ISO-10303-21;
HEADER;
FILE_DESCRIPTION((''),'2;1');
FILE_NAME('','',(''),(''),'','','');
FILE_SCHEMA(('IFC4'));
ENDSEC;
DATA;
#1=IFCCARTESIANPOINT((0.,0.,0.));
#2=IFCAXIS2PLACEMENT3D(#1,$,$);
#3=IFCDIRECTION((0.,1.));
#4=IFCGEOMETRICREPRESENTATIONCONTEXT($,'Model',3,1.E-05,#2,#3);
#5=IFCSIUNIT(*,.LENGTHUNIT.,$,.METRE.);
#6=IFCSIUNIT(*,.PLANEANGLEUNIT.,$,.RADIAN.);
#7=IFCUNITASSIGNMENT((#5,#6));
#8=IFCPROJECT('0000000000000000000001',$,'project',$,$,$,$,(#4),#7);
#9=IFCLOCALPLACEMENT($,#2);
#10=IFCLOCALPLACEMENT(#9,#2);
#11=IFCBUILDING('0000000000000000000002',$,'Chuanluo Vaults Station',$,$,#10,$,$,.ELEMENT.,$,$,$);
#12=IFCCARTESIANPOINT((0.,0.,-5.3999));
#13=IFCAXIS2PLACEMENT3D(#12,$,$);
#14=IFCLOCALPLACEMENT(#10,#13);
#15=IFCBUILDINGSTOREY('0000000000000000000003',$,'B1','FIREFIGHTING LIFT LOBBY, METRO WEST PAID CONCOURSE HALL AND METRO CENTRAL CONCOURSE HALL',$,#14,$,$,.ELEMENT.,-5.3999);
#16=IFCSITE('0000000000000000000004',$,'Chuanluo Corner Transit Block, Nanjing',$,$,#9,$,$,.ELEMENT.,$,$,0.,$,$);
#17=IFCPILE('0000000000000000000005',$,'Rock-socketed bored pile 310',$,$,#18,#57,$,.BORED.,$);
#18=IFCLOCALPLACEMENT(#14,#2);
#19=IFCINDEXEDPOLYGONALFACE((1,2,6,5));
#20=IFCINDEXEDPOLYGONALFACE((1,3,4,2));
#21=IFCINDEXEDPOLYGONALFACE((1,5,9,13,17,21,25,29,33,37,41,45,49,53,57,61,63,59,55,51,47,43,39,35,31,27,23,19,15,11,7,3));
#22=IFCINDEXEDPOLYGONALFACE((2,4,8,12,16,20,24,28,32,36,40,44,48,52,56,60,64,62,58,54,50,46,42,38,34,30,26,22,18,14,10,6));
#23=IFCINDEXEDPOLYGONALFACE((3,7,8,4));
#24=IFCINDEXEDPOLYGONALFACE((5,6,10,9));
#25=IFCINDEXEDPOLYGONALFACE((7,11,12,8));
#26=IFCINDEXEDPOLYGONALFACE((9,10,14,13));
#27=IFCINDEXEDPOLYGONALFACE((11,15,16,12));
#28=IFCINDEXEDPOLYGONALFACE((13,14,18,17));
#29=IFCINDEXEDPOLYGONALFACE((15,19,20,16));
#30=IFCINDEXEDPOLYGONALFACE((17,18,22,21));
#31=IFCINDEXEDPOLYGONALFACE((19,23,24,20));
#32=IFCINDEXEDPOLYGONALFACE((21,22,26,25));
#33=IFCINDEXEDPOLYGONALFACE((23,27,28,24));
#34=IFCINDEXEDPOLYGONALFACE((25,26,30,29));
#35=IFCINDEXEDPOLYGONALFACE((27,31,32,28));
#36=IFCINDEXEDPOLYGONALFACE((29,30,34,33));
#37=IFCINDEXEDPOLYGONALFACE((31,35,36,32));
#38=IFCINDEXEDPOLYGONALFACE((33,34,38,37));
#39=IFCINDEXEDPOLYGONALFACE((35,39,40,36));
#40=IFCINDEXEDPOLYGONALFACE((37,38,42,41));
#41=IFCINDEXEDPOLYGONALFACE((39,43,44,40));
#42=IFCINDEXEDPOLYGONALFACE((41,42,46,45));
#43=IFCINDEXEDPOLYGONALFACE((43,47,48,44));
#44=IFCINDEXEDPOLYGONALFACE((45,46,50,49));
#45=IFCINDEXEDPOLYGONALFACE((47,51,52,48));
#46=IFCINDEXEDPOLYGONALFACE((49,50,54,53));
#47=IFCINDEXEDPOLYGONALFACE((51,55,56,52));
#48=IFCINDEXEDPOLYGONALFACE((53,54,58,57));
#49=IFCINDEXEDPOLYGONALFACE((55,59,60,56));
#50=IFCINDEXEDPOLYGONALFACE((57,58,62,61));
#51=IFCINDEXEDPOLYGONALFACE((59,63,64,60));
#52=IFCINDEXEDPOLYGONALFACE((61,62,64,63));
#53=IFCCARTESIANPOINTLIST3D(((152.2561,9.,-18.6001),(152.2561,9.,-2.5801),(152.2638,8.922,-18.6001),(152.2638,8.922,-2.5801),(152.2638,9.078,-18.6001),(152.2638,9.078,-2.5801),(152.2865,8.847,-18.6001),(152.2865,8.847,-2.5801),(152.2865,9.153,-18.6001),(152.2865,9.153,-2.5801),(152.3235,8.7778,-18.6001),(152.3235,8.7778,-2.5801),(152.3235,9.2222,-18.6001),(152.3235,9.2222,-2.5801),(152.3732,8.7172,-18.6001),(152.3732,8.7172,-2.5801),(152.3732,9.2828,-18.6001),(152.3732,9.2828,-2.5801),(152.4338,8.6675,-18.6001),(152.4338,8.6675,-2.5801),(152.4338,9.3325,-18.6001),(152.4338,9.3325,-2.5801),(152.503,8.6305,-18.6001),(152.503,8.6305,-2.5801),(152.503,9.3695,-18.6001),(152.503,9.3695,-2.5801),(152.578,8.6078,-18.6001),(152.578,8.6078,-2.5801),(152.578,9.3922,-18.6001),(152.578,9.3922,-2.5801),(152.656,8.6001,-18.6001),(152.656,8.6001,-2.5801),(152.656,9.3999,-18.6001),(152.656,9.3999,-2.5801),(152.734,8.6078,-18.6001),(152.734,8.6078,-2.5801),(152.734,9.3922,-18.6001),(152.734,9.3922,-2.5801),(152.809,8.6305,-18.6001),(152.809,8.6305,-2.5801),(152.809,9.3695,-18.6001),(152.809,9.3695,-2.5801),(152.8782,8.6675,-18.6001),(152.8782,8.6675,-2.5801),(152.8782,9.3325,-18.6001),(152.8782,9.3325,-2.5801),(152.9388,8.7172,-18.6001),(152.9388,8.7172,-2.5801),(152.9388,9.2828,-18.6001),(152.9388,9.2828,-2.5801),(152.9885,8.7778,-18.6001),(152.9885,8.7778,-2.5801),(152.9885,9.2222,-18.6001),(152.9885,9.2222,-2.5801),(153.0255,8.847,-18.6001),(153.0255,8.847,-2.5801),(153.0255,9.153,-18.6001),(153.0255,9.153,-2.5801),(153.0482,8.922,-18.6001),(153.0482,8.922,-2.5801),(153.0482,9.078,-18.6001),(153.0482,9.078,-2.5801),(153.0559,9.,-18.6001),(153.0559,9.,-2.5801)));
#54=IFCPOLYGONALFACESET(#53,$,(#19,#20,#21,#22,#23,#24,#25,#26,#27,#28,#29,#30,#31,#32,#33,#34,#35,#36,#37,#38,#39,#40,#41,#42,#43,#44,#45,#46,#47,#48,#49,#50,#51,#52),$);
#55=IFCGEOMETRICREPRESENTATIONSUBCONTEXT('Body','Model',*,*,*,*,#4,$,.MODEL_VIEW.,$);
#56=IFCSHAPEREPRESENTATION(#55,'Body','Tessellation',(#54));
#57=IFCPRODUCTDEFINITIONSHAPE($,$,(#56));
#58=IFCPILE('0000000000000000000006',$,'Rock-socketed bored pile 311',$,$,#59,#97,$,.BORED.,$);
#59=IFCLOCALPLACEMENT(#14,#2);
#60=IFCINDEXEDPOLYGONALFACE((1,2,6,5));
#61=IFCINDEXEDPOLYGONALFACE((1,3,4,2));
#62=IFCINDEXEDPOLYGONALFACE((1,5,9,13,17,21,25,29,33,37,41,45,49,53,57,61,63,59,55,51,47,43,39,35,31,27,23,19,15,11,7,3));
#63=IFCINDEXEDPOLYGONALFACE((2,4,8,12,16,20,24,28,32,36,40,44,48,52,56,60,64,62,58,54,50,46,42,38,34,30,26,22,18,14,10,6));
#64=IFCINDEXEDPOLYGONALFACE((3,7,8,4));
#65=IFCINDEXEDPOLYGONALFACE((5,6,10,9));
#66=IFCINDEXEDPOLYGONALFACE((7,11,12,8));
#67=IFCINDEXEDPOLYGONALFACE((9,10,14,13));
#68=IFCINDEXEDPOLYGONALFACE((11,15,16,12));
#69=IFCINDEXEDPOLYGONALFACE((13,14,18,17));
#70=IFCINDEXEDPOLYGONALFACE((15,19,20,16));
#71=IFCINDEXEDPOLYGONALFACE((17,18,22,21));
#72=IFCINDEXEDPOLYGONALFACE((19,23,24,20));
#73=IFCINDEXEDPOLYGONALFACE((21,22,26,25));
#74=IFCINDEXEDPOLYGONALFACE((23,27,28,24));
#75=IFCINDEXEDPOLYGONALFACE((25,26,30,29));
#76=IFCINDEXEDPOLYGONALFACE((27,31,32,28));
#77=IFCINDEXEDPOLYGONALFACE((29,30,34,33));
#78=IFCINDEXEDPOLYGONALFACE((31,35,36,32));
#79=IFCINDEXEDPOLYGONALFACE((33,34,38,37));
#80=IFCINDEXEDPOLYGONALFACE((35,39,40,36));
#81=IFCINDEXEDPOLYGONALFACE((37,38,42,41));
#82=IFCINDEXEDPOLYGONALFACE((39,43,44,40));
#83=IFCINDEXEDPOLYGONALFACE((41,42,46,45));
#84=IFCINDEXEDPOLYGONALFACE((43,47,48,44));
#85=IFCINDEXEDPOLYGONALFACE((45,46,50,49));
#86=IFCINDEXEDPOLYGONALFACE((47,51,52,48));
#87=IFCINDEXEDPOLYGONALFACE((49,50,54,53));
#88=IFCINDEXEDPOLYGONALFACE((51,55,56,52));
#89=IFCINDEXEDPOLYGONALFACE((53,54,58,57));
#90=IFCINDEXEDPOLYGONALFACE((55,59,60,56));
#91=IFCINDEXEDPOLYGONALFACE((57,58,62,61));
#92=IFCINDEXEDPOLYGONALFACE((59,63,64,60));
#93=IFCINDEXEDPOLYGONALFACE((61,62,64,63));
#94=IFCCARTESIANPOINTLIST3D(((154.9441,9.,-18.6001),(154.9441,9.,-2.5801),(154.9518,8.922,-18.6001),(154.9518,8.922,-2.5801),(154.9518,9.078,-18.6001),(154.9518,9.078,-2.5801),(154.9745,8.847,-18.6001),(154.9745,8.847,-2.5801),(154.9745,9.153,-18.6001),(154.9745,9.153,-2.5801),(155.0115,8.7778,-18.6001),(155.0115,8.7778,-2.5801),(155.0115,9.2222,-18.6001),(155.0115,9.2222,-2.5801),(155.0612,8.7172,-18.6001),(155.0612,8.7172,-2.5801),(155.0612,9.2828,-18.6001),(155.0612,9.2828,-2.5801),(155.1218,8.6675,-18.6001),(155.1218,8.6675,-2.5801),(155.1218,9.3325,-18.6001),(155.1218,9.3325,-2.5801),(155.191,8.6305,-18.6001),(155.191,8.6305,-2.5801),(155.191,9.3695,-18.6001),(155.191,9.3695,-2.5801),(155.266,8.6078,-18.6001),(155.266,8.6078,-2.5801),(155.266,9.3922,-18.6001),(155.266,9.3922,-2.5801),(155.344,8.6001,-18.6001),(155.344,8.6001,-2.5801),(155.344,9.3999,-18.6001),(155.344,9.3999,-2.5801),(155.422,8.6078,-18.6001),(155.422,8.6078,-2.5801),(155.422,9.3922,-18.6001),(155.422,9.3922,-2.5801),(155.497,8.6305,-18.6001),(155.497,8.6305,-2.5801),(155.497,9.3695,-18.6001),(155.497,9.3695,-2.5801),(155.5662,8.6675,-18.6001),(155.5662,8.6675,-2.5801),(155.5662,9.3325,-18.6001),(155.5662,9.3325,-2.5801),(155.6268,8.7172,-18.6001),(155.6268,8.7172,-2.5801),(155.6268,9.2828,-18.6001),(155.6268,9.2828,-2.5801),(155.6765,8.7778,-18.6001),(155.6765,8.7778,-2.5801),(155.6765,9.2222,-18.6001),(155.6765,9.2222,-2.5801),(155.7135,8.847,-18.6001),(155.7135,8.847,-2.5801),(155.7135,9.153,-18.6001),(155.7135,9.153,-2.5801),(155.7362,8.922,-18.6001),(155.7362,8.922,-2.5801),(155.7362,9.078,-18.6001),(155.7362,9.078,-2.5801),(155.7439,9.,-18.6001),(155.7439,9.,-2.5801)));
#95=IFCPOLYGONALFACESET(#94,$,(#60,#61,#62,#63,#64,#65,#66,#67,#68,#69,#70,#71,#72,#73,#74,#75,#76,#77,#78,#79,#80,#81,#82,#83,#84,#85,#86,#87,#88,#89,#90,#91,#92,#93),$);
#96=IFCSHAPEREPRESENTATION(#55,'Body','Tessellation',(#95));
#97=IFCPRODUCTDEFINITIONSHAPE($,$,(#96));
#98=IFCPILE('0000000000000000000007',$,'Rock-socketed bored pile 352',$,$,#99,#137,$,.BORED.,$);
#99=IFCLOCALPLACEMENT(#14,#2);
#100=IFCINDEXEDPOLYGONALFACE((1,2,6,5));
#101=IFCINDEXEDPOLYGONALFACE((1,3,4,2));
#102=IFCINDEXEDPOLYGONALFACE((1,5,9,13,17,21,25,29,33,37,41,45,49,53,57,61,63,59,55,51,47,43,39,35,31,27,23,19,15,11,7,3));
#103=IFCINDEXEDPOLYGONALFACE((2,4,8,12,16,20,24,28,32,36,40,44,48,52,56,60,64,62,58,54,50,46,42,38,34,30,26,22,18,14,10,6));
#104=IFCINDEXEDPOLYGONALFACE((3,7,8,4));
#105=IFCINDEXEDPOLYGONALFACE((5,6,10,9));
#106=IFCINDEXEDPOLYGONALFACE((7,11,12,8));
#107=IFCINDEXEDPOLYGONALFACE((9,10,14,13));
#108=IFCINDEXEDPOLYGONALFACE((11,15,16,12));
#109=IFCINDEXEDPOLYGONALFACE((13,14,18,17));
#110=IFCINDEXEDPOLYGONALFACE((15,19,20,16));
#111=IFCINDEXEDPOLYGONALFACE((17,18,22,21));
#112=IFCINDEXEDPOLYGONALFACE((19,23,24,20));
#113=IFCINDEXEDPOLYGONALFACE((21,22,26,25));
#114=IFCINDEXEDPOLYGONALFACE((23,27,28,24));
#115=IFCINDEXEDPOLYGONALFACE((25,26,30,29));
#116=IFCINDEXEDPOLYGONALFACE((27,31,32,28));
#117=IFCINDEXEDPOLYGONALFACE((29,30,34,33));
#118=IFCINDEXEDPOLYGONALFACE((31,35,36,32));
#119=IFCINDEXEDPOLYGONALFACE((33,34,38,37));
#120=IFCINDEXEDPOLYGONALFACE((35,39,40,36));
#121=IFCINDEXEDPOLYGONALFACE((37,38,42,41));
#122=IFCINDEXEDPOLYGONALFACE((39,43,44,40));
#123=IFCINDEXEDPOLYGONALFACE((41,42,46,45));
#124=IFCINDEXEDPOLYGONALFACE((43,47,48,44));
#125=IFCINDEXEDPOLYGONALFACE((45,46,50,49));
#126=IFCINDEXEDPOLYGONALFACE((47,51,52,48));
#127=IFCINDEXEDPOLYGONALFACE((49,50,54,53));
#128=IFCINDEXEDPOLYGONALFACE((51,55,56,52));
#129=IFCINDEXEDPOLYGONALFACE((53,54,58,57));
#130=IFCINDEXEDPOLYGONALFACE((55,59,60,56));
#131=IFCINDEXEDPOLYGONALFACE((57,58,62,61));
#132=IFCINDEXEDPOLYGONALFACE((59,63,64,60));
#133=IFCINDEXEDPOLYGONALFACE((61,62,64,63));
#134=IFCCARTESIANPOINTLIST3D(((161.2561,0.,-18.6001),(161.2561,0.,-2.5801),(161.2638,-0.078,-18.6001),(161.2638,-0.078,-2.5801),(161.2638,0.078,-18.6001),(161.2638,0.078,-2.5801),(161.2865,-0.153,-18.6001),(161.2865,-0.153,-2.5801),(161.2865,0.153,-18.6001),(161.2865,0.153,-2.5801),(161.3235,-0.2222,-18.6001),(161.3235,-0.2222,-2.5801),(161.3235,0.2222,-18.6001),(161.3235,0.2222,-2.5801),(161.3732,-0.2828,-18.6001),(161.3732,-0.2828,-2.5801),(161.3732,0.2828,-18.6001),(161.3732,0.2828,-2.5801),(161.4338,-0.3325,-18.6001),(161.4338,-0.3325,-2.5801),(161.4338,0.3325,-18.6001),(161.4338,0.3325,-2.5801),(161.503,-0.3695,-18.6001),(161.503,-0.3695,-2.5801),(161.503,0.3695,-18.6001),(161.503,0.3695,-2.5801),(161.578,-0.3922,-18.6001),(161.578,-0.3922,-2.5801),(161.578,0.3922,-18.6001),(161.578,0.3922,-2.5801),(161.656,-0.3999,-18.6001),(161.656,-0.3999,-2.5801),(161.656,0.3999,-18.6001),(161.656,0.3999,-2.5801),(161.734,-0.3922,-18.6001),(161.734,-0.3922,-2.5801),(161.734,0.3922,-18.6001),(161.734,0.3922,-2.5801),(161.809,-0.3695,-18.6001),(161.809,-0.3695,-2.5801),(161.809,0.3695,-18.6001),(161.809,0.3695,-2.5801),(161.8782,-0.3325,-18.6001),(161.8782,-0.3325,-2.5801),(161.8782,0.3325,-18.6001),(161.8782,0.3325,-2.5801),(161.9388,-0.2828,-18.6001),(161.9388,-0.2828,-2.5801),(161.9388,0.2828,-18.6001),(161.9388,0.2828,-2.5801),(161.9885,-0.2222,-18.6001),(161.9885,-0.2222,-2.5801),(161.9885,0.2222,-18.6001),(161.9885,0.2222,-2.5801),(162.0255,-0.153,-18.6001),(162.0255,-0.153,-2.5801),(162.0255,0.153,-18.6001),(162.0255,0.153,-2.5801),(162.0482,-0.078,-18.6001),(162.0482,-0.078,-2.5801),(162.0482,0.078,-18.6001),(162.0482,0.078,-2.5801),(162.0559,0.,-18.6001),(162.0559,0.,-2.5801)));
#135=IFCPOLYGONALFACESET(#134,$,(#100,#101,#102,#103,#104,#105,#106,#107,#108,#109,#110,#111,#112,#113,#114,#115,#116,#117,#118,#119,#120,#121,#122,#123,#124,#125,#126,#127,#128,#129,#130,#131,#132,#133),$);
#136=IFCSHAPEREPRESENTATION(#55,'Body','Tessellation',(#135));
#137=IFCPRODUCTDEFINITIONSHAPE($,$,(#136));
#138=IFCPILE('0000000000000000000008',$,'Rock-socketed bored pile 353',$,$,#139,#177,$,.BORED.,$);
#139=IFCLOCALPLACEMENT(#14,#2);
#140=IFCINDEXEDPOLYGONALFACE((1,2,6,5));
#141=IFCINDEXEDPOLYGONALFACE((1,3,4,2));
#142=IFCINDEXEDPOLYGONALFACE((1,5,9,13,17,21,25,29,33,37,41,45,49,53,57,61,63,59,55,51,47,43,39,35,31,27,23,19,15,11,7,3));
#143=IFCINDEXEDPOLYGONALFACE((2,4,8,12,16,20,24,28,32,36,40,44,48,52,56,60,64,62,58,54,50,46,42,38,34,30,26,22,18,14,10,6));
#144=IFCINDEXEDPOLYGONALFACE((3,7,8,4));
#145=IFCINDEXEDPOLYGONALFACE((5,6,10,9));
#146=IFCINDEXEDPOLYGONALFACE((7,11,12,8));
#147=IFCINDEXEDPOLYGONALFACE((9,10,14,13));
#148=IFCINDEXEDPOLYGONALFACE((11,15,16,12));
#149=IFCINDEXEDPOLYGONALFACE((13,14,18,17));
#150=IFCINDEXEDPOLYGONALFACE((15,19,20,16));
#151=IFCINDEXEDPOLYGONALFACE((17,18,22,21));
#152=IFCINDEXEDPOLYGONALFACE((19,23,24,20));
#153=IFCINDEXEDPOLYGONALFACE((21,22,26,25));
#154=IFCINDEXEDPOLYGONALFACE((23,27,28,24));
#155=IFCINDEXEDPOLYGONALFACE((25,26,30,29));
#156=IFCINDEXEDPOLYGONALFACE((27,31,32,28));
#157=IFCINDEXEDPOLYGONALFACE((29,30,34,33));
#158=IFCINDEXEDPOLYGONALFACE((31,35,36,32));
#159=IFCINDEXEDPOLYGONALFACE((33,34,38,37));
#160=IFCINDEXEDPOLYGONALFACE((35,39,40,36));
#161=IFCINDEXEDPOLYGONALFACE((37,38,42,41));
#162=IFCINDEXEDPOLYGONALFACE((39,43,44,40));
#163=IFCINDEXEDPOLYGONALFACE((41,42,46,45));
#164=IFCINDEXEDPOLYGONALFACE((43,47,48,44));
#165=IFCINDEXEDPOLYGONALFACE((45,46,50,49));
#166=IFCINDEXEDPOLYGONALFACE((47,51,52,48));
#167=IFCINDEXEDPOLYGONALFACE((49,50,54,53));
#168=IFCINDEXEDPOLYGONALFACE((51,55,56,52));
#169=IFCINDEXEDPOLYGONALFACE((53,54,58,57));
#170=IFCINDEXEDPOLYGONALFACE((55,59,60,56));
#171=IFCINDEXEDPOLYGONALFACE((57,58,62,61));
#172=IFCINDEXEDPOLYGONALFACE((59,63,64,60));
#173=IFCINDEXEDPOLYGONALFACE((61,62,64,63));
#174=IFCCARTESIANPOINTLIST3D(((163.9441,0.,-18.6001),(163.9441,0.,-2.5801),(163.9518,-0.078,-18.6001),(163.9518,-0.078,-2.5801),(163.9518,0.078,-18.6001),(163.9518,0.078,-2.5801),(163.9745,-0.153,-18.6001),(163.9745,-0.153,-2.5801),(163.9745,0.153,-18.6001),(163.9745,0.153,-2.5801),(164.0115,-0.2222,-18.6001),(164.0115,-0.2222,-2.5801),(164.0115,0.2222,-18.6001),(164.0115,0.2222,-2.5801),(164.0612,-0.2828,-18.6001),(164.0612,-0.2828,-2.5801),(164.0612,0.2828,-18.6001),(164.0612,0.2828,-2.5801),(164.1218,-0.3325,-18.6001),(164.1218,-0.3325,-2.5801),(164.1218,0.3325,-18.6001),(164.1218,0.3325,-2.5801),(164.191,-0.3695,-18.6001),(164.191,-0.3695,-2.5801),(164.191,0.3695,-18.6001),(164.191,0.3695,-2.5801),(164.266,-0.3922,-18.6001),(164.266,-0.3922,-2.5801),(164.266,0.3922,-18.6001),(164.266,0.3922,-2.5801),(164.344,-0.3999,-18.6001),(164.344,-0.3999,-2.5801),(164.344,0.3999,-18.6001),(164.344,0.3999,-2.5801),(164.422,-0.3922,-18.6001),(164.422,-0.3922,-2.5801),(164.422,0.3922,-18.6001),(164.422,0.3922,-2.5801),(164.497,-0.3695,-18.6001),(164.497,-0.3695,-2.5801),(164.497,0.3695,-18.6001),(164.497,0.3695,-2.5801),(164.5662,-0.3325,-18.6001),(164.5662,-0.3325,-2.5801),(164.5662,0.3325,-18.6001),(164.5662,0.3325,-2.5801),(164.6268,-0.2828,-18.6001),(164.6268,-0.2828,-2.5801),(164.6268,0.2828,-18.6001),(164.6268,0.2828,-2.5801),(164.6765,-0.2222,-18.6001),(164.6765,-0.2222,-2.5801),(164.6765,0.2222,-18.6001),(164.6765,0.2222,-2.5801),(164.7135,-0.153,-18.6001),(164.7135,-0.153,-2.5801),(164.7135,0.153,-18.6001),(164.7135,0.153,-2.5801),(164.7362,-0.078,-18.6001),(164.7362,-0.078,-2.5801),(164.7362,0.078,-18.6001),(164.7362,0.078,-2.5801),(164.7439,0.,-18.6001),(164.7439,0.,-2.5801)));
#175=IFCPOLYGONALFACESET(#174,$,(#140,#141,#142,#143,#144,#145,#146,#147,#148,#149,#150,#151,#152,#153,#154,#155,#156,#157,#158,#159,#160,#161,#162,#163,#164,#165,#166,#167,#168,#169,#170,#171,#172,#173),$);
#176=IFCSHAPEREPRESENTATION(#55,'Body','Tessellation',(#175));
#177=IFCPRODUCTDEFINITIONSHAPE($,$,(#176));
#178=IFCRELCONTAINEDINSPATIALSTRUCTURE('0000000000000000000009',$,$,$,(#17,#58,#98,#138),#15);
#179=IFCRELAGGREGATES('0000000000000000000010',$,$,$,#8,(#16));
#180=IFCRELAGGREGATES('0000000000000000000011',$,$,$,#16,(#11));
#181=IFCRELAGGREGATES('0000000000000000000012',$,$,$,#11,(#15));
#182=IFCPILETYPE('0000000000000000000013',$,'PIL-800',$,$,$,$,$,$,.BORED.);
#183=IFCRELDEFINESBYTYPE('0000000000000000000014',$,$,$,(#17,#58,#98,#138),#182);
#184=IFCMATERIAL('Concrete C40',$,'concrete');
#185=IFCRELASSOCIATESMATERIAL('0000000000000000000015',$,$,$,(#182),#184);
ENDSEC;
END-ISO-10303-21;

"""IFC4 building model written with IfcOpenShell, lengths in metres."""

from ifc_helpers import new_model, si_unit, direction, frame, origin, origin_2d, place, context, subcontext, project, spatial, circle, extrude, material, material_profile, profile_set, type_object, element, save


model = new_model("IFC4")

# Units and contexts
model_context = context("Model", 3, precision=1e-05, world=origin(), true_north=direction((0.0, 1.0)))
body_context = subcontext(model_context, "Body", "Model", "MODEL_VIEW")
ifc_project = project(units=[si_unit("LENGTHUNIT", "METRE"), si_unit("PLANEANGLEUNIT", "RADIAN")], contexts=[model_context])

# Site, building, storey
site_placement = place(None, origin())
site = spatial("IfcSite", under=ifc_project, at=site_placement, Name="Chuanluo Corner Transit Block, Nanjing", CompositionType="ELEMENT", RefElevation=0.0)
building_placement = place(site_placement, origin())
building = spatial("IfcBuilding", under=site, at=building_placement, Name="Chuanluo Vaults Station", CompositionType="ELEMENT")
storey_placement = place(building_placement, frame((0.0, 0.0, -5.3999)))
storey = spatial("IfcBuildingStorey", under=building, at=storey_placement, Name="B1", Description="FIREFIGHTING LIFT LOBBY, METRO WEST PAID CONCOURSE HALL AND METRO CENTRAL CONCOURSE HALL", CompositionType="ELEMENT", Elevation=-5.3999)

# Piles
ifc_material_1 = material(Name="Concrete C40", Category="concrete")
ifc_material_profile_1 = material_profile(ifc_material_1, circle(Radius=0.3999, at=origin_2d()))
ifc_profile_set_1 = profile_set([ifc_material_profile_1], Name="Concrete C40")
pile_type_1 = type_object("IfcPileType", Name="PIL-800", PredefinedType="BORED", material=ifc_profile_set_1)
for number, where, z_axis, x_axis, name in (
    (1, (152.656, 9.0, -2.5801), (0.0, 0.0, -1.0), (1.0, 0.0, 0.0), "Rock-socketed bored pile 310"),
    (2, (155.344, 9.0, -2.5801), (0.0, 0.0, -1.0), (1.0, 0.0, 0.0), "Rock-socketed bored pile 311"),
    (3, (161.656, 0.0, -2.5801), (0.0, 0.0, -1.0), (1.0, 0.0, 0.0), "Rock-socketed bored pile 352"),
    (4, (164.344, 0.0, -2.5801), (0.0, 0.0, -1.0), (1.0, 0.0, 0.0), "Rock-socketed bored pile 353"),
):
    element("IfcPile", number, at=place(storey_placement, frame(where, z_axis=z_axis, x_axis=x_axis)), inside=storey, type_object=pile_type_1, Name=name, PredefinedType="BORED", context=body_context, shape_type="SweptSolid", body=[
        extrude(circle(Radius=0.3999, at=origin_2d()), origin(), (0.0, 0.0, 1.0), 16.02),
    ])

save(model, "model.ifc")
